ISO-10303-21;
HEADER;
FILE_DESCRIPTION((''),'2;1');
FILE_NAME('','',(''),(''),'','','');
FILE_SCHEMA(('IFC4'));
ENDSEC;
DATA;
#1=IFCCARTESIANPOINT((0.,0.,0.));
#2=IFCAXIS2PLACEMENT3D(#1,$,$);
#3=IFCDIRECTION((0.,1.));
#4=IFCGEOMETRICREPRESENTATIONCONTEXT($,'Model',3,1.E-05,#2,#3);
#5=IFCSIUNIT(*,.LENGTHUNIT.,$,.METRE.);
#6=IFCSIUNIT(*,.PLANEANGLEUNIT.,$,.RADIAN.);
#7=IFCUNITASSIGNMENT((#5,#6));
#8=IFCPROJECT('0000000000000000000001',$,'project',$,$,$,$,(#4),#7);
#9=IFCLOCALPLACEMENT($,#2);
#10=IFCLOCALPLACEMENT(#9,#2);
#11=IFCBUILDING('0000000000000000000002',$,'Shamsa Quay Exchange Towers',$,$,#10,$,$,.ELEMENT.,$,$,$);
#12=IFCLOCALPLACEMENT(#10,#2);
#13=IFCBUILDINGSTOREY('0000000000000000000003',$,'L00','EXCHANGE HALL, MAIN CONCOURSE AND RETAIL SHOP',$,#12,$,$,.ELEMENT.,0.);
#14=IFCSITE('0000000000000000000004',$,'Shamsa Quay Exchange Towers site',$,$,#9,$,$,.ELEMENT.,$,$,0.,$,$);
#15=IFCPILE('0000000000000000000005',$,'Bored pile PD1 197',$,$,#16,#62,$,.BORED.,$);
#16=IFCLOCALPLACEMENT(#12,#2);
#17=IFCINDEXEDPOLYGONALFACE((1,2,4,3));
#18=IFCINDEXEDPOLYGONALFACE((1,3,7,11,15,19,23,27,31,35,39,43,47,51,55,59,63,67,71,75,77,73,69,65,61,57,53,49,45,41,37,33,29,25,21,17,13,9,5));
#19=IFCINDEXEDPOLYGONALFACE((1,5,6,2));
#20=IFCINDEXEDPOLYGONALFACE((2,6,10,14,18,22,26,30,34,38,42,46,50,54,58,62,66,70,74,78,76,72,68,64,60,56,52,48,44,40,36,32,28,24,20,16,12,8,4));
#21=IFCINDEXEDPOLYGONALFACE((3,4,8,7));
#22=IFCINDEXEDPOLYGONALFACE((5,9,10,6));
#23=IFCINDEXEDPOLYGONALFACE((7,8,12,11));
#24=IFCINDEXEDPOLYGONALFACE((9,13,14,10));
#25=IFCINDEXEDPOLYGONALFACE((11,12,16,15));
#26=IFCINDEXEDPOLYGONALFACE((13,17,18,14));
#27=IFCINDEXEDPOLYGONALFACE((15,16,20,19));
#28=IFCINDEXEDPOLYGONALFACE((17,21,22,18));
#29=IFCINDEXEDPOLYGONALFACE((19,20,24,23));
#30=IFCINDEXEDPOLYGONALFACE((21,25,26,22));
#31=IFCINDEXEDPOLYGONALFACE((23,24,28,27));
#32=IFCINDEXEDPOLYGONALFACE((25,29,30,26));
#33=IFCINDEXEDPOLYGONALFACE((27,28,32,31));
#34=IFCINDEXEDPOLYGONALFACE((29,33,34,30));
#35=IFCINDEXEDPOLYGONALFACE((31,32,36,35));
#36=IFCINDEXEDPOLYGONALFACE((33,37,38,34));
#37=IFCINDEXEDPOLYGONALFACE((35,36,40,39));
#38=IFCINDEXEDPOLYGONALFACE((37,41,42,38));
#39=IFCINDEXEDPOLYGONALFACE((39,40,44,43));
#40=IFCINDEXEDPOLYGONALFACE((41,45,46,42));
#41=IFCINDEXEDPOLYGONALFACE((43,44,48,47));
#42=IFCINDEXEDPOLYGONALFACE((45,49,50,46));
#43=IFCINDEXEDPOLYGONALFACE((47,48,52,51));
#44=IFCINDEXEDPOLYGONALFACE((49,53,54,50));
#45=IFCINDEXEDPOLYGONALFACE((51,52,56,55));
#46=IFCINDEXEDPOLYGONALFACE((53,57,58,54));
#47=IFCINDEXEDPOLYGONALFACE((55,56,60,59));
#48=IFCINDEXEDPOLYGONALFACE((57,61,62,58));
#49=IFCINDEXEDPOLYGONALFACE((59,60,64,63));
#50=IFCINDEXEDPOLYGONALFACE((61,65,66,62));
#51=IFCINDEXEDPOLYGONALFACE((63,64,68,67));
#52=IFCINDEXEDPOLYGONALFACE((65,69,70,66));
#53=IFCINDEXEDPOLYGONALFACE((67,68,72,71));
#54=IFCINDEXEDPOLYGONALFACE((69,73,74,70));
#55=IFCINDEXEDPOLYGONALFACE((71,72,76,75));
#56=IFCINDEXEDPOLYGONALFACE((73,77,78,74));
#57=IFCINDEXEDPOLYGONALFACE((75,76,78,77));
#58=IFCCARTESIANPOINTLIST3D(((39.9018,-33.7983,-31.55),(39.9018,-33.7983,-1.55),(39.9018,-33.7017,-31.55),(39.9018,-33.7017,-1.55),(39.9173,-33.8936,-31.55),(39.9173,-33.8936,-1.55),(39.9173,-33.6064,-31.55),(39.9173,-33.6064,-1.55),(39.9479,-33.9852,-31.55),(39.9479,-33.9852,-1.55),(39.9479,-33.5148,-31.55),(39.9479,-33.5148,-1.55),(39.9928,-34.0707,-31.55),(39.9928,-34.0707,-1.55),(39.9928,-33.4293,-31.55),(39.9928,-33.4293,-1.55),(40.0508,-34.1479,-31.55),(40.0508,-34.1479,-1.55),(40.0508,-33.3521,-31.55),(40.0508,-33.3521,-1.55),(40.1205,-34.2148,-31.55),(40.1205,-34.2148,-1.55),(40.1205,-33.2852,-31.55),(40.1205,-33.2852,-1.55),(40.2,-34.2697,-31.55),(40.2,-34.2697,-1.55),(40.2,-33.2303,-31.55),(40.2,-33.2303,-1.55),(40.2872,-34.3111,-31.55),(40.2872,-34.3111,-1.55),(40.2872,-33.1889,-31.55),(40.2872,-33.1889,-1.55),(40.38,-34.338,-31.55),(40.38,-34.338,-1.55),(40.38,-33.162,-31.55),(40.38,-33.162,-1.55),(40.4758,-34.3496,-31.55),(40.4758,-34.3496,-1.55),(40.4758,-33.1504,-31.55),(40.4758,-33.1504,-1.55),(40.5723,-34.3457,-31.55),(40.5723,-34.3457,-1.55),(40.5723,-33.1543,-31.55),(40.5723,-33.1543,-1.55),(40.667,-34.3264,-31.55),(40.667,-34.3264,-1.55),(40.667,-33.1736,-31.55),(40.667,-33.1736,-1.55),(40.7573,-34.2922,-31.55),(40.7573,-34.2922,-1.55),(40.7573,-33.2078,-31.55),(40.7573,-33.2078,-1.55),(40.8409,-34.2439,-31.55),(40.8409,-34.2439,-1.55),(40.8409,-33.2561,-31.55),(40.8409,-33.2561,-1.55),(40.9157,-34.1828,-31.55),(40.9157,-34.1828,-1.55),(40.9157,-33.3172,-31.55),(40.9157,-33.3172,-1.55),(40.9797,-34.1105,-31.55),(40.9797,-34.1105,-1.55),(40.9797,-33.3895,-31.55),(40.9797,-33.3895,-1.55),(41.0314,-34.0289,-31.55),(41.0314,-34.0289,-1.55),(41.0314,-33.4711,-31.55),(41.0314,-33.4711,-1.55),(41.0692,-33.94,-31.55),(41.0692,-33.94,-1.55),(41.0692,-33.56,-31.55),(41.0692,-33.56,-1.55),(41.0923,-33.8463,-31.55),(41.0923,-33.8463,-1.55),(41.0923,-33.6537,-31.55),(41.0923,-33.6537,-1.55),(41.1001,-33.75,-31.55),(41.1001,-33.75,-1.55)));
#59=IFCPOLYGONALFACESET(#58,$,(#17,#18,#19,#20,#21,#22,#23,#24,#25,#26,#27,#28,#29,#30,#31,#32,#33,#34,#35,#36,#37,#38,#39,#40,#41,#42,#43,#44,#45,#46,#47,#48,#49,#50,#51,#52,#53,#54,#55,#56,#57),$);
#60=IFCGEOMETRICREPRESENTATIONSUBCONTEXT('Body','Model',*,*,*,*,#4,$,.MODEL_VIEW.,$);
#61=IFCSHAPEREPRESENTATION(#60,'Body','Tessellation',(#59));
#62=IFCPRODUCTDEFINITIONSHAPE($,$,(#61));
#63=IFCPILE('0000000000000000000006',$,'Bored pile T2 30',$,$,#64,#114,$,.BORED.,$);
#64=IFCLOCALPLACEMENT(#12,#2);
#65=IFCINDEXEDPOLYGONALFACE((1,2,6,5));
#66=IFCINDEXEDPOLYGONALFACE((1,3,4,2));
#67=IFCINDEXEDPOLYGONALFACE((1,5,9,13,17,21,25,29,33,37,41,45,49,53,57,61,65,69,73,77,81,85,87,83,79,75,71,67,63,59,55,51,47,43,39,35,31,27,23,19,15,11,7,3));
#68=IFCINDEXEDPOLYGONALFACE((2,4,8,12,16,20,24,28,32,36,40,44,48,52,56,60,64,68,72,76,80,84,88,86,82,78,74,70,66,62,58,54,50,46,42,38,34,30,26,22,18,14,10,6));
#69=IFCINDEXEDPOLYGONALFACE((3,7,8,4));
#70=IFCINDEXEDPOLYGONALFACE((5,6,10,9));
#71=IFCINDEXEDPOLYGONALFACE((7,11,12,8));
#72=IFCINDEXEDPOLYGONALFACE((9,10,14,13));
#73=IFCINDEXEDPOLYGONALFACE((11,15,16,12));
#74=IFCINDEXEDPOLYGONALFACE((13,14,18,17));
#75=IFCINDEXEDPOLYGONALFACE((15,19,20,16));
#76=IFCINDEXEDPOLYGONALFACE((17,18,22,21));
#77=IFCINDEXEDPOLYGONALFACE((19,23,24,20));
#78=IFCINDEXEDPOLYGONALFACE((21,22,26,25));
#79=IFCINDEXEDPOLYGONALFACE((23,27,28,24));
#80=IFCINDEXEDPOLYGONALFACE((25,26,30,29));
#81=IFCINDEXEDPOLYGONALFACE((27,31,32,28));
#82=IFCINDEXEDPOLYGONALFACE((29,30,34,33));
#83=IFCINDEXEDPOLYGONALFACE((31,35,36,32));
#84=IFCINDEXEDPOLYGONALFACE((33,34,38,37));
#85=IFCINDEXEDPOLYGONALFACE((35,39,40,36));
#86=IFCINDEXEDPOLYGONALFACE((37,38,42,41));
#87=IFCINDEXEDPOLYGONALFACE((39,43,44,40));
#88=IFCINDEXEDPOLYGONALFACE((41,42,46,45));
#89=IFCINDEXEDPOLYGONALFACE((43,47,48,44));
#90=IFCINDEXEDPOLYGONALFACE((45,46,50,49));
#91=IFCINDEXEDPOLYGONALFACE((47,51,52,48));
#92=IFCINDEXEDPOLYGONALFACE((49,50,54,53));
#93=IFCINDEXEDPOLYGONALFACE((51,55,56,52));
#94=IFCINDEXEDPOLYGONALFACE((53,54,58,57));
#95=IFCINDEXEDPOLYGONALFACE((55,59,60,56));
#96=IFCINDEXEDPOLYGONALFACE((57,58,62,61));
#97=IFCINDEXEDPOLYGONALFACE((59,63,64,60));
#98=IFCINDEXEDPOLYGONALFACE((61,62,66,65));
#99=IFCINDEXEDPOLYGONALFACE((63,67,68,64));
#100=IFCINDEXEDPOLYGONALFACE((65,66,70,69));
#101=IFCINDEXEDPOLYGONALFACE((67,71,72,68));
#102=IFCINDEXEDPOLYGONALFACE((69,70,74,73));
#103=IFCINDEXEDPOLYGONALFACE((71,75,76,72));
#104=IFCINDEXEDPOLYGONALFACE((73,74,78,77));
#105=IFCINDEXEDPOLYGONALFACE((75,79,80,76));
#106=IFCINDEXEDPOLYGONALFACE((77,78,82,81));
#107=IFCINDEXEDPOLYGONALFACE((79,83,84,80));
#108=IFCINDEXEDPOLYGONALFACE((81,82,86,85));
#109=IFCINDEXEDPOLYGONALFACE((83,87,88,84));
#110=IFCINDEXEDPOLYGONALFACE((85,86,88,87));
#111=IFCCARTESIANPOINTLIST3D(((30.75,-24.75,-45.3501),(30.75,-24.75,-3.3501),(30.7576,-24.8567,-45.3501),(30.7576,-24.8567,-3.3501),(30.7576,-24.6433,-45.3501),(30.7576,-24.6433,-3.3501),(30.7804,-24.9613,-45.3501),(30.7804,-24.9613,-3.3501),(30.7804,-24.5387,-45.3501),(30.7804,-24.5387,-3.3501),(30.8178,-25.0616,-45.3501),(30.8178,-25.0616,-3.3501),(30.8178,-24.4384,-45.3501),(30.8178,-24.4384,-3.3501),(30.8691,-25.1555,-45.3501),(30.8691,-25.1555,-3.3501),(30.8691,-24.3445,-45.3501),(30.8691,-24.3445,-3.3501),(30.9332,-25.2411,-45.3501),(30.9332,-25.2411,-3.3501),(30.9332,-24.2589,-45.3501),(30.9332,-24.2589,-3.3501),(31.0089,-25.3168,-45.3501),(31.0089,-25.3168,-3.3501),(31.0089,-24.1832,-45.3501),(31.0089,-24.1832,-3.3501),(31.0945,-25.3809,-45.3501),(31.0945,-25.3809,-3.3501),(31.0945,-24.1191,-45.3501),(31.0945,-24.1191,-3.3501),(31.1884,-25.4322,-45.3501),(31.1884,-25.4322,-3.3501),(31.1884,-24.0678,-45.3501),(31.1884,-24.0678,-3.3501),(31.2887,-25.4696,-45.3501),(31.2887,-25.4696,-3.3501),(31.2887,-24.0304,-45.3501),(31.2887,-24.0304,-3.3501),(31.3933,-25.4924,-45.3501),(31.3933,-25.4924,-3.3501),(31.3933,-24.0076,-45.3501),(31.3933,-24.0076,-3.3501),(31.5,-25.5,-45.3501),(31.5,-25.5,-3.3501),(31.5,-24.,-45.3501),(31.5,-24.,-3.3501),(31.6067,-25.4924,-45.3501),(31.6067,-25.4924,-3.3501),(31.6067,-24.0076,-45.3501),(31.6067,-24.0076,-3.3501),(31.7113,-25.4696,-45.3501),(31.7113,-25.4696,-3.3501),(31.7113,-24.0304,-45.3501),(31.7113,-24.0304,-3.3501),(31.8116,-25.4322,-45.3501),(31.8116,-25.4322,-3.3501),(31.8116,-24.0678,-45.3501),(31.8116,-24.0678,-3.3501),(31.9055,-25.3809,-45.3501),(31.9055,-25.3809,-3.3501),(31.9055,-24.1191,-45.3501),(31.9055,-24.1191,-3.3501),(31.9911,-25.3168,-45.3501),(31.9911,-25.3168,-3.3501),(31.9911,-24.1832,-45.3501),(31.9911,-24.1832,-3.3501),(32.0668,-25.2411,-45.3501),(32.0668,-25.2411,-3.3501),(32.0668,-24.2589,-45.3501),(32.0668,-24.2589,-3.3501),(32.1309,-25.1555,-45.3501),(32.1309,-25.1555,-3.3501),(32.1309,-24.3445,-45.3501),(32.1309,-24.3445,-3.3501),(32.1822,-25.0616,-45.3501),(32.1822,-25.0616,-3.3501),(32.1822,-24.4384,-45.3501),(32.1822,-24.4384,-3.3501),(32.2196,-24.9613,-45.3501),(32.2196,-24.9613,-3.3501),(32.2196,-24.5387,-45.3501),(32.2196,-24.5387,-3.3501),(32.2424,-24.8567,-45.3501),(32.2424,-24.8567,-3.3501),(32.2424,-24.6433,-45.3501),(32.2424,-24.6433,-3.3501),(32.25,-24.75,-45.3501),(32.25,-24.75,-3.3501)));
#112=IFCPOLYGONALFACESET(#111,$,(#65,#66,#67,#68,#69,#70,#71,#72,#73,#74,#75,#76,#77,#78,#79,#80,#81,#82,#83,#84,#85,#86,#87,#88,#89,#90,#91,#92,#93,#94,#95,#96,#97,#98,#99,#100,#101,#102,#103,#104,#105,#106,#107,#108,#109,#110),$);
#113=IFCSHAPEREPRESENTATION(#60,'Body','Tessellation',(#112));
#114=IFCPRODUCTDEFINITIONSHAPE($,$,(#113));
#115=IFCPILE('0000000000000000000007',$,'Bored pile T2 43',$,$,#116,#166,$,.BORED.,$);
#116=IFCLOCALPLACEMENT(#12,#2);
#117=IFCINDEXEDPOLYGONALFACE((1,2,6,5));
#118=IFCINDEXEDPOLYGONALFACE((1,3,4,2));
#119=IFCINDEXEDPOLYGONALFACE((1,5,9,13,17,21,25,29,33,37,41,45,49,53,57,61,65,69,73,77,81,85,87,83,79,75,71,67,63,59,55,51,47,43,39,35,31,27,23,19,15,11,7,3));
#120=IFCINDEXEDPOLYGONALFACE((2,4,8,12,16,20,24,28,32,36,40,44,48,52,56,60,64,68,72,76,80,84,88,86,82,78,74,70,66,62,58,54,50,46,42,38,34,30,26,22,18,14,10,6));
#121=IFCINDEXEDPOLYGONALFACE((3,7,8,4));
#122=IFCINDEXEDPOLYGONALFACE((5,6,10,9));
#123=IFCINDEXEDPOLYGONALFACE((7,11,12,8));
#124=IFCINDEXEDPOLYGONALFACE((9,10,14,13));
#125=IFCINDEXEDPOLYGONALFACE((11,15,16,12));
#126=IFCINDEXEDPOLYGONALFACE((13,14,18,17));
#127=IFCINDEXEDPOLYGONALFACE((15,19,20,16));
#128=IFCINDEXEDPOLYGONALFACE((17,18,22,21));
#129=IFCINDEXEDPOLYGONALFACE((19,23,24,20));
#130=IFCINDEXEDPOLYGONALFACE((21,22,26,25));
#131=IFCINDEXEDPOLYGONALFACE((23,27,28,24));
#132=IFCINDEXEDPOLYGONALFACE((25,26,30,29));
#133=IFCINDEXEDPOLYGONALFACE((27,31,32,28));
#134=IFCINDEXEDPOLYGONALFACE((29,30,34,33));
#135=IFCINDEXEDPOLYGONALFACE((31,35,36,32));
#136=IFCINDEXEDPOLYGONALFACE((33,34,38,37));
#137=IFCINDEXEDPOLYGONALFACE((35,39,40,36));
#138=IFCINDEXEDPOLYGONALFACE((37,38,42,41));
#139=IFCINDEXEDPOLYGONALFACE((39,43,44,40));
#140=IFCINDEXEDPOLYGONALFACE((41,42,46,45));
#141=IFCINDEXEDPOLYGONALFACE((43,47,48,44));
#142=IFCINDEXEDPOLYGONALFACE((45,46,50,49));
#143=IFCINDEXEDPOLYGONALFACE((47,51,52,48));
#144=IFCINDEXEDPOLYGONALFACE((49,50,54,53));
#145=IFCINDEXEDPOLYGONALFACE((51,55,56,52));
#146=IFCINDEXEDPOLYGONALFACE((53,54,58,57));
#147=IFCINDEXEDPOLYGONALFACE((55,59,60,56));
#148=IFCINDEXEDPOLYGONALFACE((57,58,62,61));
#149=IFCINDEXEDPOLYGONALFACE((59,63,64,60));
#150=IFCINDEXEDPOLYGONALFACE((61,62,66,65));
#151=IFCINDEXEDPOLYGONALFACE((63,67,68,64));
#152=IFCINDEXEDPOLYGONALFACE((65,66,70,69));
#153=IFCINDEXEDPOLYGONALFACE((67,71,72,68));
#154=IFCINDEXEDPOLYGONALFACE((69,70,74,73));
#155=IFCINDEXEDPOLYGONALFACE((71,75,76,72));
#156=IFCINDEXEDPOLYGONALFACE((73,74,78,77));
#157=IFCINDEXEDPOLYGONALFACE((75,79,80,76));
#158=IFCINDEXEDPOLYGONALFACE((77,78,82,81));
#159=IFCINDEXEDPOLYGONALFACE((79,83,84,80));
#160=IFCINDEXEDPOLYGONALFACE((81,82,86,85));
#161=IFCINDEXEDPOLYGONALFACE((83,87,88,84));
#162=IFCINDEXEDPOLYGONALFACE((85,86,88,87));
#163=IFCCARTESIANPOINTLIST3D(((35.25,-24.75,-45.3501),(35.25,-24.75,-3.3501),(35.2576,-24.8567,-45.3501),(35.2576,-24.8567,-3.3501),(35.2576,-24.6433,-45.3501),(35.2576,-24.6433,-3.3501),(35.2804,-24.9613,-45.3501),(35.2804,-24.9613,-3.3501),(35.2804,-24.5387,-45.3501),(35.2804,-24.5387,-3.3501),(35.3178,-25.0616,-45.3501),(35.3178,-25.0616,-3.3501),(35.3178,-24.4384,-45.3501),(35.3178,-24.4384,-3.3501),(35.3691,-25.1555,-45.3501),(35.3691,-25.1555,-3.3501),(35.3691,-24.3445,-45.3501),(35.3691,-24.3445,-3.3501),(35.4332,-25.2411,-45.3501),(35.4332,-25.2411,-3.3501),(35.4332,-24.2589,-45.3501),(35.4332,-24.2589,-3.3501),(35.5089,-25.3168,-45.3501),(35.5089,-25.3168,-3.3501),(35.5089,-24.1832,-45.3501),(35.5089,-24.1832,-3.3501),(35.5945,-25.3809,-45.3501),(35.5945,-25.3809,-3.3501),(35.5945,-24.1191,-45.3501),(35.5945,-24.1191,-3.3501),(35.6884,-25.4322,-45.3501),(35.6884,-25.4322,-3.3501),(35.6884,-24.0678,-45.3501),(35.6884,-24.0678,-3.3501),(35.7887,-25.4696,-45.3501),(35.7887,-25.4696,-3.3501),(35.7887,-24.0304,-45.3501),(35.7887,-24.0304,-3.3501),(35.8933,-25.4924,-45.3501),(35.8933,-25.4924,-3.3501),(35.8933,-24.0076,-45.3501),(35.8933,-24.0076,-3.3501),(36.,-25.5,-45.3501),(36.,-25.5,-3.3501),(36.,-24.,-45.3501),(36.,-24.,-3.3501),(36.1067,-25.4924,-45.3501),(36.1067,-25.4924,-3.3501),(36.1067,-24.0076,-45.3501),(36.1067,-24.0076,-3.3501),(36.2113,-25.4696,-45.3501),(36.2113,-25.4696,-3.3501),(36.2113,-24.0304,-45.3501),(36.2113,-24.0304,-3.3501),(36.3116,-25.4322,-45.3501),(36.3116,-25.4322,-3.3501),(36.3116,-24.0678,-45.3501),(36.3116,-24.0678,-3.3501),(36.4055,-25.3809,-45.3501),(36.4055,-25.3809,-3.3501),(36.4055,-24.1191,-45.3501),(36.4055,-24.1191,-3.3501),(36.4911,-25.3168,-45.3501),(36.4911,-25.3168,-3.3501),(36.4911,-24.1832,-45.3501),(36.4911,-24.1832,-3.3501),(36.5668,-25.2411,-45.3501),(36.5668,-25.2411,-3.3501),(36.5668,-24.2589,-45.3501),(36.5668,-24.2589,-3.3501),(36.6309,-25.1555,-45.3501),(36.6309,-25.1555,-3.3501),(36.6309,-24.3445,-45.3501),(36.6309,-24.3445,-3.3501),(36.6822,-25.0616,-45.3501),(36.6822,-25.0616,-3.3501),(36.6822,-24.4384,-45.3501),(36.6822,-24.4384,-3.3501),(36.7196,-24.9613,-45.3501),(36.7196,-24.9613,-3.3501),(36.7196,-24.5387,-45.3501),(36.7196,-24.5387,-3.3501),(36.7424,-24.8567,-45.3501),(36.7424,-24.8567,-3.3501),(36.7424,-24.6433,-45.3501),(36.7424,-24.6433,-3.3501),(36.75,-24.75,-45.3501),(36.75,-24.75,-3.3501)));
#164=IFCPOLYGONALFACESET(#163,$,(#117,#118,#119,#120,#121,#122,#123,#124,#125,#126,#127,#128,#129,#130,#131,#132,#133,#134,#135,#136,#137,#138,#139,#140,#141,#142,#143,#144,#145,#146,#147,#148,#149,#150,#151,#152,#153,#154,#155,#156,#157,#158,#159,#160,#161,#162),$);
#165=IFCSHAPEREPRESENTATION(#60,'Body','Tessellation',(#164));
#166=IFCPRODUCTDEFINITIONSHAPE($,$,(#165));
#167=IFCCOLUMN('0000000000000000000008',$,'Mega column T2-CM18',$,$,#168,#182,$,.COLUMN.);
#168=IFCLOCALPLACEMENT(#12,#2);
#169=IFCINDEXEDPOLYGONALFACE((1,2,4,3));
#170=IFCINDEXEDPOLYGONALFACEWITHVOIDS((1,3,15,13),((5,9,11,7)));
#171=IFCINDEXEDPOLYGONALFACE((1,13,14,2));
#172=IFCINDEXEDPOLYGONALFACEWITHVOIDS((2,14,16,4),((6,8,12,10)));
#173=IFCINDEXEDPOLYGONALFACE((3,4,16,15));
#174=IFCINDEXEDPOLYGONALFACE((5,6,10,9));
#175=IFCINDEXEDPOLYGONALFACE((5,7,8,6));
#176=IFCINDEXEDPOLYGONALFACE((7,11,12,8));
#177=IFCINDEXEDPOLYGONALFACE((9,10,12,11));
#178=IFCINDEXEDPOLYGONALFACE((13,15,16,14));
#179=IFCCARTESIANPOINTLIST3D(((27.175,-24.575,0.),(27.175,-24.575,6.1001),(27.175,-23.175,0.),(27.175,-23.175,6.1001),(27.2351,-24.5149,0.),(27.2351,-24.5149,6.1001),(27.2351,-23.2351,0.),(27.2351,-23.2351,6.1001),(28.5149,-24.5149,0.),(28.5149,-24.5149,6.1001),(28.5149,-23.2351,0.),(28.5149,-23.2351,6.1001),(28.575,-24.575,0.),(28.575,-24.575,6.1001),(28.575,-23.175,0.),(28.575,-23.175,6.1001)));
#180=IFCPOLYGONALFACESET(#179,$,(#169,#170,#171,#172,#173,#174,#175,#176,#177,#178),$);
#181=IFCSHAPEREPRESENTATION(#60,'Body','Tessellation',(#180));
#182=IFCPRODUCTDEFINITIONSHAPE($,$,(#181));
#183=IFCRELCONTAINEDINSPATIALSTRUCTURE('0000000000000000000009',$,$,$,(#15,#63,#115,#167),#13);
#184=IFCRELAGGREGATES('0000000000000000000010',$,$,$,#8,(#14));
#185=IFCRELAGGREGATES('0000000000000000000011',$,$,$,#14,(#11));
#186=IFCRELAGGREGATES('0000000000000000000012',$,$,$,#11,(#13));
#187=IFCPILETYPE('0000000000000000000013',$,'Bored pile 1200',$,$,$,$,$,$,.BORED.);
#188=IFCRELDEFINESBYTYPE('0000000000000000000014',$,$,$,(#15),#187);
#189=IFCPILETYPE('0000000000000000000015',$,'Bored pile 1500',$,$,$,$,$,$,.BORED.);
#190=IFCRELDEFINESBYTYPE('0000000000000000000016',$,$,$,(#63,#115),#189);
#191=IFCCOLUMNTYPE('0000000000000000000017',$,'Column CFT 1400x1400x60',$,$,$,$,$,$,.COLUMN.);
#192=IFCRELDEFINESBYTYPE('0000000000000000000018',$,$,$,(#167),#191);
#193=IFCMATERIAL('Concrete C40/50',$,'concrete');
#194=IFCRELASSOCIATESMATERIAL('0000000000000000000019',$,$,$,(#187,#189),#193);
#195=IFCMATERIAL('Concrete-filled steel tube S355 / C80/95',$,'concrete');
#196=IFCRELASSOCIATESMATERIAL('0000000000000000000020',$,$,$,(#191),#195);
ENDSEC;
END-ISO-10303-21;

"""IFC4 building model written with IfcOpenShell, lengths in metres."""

from ifc_helpers import new_model, si_unit, direction, frame, origin, origin_2d, place, context, subcontext, project, spatial, hollow_rectangle, circle, extrude, material, material_profile, profile_set, type_object, element, save


model = new_model("IFC4")

# Units and contexts
model_context = context("Model", 3, precision=1e-05, world=origin(), true_north=direction((0.0, 1.0)))
body_context = subcontext(model_context, "Body", "Model", "MODEL_VIEW")
ifc_project = project(units=[si_unit("LENGTHUNIT", "METRE"), si_unit("PLANEANGLEUNIT", "RADIAN")], contexts=[model_context])

# Site, building, storey
site_placement = place(None, origin())
site = spatial("IfcSite", under=ifc_project, at=site_placement, Name="Shamsa Quay Exchange Towers site", CompositionType="ELEMENT", RefElevation=0.0)
building_placement = place(site_placement, origin())
building = spatial("IfcBuilding", under=site, at=building_placement, Name="Shamsa Quay Exchange Towers", CompositionType="ELEMENT")
storey_placement = place(building_placement, origin())
storey = spatial("IfcBuildingStorey", under=building, at=storey_placement, Name="L00", Description="EXCHANGE HALL, MAIN CONCOURSE AND RETAIL SHOP", CompositionType="ELEMENT", Elevation=0.0)

# Piles
ifc_material_1 = material(Name="Concrete C40/50", Category="concrete")
ifc_material_profile_1 = material_profile(ifc_material_1, circle(Radius=0.6001, at=origin_2d()), Name="BP1200")
ifc_profile_set_1 = profile_set([ifc_material_profile_1], Name="Concrete C40/50")
pile_type_1 = type_object("IfcPileType", Name="Bored pile 1200", PredefinedType="BORED", material=ifc_profile_set_1)
for number, where, z_axis, x_axis, name in (
    (1, (40.5, -33.75, -1.55), (0.0, 0.0, -1.0), (1.0, 0.0, 0.0), "Bored pile PD1 197"),
):
    element("IfcPile", number, at=place(storey_placement, frame(where, z_axis=z_axis, x_axis=x_axis)), inside=storey, type_object=pile_type_1, Name=name, PredefinedType="BORED", context=body_context, shape_type="SweptSolid", body=[
        extrude(circle(Radius=0.6001, at=origin_2d()), origin(), (0.0, 0.0, 1.0), 30.0),
    ])
ifc_material_profile_2 = material_profile(ifc_material_1, circle(Radius=0.75, at=origin_2d()), Name="BP1500")
ifc_profile_set_2 = profile_set([ifc_material_profile_2], Name="Concrete C40/50")
pile_type_2 = type_object("IfcPileType", Name="Bored pile 1500", PredefinedType="BORED", material=ifc_profile_set_2)
for number, where, z_axis, x_axis, name in (
    (2, (31.5, -24.75, -3.3501), (0.0, 0.0, -1.0), (1.0, 0.0, 0.0), "Bored pile T2 30"),
    (3, (36.0, -24.75, -3.3501), (0.0, 0.0, -1.0), (1.0, 0.0, 0.0), "Bored pile T2 43"),
):
    element("IfcPile", number, at=place(storey_placement, frame(where, z_axis=z_axis, x_axis=x_axis)), inside=storey, type_object=pile_type_2, Name=name, PredefinedType="BORED", context=body_context, shape_type="SweptSolid", body=[
        extrude(circle(Radius=0.75, at=origin_2d()), origin(), (0.0, 0.0, 1.0), 42.0),
    ])

# Column
ifc_material_2 = material(Name="Concrete-filled steel tube S355 / C80/95", Category="concrete")
ifc_material_profile_3 = material_profile(ifc_material_2, hollow_rectangle(XDim=1.3999, YDim=1.3999, WallThickness=0.0601, at=origin_2d()), Name="CFT 1400x1400x60")
ifc_profile_set_3 = profile_set([ifc_material_profile_3], Name="Concrete-filled steel tube S355 / C80/95")
column_type_1 = type_object("IfcColumnType", Name="Column CFT 1400x1400x60", PredefinedType="COLUMN", material=ifc_profile_set_3)
column_placement = place(storey_placement, frame((27.875, -23.875, 0.0)))
element("IfcColumn", 4, at=column_placement, inside=storey, type_object=column_type_1, Name="Mega column T2-CM18", PredefinedType="COLUMN", context=body_context, shape_type="SweptSolid", body=[
    extrude(hollow_rectangle(XDim=1.3999, YDim=1.3999, WallThickness=0.0601, at=origin_2d()), origin(), (0.0, 0.0, 1.0), 6.1001),
])

save(model, "model.ifc")
